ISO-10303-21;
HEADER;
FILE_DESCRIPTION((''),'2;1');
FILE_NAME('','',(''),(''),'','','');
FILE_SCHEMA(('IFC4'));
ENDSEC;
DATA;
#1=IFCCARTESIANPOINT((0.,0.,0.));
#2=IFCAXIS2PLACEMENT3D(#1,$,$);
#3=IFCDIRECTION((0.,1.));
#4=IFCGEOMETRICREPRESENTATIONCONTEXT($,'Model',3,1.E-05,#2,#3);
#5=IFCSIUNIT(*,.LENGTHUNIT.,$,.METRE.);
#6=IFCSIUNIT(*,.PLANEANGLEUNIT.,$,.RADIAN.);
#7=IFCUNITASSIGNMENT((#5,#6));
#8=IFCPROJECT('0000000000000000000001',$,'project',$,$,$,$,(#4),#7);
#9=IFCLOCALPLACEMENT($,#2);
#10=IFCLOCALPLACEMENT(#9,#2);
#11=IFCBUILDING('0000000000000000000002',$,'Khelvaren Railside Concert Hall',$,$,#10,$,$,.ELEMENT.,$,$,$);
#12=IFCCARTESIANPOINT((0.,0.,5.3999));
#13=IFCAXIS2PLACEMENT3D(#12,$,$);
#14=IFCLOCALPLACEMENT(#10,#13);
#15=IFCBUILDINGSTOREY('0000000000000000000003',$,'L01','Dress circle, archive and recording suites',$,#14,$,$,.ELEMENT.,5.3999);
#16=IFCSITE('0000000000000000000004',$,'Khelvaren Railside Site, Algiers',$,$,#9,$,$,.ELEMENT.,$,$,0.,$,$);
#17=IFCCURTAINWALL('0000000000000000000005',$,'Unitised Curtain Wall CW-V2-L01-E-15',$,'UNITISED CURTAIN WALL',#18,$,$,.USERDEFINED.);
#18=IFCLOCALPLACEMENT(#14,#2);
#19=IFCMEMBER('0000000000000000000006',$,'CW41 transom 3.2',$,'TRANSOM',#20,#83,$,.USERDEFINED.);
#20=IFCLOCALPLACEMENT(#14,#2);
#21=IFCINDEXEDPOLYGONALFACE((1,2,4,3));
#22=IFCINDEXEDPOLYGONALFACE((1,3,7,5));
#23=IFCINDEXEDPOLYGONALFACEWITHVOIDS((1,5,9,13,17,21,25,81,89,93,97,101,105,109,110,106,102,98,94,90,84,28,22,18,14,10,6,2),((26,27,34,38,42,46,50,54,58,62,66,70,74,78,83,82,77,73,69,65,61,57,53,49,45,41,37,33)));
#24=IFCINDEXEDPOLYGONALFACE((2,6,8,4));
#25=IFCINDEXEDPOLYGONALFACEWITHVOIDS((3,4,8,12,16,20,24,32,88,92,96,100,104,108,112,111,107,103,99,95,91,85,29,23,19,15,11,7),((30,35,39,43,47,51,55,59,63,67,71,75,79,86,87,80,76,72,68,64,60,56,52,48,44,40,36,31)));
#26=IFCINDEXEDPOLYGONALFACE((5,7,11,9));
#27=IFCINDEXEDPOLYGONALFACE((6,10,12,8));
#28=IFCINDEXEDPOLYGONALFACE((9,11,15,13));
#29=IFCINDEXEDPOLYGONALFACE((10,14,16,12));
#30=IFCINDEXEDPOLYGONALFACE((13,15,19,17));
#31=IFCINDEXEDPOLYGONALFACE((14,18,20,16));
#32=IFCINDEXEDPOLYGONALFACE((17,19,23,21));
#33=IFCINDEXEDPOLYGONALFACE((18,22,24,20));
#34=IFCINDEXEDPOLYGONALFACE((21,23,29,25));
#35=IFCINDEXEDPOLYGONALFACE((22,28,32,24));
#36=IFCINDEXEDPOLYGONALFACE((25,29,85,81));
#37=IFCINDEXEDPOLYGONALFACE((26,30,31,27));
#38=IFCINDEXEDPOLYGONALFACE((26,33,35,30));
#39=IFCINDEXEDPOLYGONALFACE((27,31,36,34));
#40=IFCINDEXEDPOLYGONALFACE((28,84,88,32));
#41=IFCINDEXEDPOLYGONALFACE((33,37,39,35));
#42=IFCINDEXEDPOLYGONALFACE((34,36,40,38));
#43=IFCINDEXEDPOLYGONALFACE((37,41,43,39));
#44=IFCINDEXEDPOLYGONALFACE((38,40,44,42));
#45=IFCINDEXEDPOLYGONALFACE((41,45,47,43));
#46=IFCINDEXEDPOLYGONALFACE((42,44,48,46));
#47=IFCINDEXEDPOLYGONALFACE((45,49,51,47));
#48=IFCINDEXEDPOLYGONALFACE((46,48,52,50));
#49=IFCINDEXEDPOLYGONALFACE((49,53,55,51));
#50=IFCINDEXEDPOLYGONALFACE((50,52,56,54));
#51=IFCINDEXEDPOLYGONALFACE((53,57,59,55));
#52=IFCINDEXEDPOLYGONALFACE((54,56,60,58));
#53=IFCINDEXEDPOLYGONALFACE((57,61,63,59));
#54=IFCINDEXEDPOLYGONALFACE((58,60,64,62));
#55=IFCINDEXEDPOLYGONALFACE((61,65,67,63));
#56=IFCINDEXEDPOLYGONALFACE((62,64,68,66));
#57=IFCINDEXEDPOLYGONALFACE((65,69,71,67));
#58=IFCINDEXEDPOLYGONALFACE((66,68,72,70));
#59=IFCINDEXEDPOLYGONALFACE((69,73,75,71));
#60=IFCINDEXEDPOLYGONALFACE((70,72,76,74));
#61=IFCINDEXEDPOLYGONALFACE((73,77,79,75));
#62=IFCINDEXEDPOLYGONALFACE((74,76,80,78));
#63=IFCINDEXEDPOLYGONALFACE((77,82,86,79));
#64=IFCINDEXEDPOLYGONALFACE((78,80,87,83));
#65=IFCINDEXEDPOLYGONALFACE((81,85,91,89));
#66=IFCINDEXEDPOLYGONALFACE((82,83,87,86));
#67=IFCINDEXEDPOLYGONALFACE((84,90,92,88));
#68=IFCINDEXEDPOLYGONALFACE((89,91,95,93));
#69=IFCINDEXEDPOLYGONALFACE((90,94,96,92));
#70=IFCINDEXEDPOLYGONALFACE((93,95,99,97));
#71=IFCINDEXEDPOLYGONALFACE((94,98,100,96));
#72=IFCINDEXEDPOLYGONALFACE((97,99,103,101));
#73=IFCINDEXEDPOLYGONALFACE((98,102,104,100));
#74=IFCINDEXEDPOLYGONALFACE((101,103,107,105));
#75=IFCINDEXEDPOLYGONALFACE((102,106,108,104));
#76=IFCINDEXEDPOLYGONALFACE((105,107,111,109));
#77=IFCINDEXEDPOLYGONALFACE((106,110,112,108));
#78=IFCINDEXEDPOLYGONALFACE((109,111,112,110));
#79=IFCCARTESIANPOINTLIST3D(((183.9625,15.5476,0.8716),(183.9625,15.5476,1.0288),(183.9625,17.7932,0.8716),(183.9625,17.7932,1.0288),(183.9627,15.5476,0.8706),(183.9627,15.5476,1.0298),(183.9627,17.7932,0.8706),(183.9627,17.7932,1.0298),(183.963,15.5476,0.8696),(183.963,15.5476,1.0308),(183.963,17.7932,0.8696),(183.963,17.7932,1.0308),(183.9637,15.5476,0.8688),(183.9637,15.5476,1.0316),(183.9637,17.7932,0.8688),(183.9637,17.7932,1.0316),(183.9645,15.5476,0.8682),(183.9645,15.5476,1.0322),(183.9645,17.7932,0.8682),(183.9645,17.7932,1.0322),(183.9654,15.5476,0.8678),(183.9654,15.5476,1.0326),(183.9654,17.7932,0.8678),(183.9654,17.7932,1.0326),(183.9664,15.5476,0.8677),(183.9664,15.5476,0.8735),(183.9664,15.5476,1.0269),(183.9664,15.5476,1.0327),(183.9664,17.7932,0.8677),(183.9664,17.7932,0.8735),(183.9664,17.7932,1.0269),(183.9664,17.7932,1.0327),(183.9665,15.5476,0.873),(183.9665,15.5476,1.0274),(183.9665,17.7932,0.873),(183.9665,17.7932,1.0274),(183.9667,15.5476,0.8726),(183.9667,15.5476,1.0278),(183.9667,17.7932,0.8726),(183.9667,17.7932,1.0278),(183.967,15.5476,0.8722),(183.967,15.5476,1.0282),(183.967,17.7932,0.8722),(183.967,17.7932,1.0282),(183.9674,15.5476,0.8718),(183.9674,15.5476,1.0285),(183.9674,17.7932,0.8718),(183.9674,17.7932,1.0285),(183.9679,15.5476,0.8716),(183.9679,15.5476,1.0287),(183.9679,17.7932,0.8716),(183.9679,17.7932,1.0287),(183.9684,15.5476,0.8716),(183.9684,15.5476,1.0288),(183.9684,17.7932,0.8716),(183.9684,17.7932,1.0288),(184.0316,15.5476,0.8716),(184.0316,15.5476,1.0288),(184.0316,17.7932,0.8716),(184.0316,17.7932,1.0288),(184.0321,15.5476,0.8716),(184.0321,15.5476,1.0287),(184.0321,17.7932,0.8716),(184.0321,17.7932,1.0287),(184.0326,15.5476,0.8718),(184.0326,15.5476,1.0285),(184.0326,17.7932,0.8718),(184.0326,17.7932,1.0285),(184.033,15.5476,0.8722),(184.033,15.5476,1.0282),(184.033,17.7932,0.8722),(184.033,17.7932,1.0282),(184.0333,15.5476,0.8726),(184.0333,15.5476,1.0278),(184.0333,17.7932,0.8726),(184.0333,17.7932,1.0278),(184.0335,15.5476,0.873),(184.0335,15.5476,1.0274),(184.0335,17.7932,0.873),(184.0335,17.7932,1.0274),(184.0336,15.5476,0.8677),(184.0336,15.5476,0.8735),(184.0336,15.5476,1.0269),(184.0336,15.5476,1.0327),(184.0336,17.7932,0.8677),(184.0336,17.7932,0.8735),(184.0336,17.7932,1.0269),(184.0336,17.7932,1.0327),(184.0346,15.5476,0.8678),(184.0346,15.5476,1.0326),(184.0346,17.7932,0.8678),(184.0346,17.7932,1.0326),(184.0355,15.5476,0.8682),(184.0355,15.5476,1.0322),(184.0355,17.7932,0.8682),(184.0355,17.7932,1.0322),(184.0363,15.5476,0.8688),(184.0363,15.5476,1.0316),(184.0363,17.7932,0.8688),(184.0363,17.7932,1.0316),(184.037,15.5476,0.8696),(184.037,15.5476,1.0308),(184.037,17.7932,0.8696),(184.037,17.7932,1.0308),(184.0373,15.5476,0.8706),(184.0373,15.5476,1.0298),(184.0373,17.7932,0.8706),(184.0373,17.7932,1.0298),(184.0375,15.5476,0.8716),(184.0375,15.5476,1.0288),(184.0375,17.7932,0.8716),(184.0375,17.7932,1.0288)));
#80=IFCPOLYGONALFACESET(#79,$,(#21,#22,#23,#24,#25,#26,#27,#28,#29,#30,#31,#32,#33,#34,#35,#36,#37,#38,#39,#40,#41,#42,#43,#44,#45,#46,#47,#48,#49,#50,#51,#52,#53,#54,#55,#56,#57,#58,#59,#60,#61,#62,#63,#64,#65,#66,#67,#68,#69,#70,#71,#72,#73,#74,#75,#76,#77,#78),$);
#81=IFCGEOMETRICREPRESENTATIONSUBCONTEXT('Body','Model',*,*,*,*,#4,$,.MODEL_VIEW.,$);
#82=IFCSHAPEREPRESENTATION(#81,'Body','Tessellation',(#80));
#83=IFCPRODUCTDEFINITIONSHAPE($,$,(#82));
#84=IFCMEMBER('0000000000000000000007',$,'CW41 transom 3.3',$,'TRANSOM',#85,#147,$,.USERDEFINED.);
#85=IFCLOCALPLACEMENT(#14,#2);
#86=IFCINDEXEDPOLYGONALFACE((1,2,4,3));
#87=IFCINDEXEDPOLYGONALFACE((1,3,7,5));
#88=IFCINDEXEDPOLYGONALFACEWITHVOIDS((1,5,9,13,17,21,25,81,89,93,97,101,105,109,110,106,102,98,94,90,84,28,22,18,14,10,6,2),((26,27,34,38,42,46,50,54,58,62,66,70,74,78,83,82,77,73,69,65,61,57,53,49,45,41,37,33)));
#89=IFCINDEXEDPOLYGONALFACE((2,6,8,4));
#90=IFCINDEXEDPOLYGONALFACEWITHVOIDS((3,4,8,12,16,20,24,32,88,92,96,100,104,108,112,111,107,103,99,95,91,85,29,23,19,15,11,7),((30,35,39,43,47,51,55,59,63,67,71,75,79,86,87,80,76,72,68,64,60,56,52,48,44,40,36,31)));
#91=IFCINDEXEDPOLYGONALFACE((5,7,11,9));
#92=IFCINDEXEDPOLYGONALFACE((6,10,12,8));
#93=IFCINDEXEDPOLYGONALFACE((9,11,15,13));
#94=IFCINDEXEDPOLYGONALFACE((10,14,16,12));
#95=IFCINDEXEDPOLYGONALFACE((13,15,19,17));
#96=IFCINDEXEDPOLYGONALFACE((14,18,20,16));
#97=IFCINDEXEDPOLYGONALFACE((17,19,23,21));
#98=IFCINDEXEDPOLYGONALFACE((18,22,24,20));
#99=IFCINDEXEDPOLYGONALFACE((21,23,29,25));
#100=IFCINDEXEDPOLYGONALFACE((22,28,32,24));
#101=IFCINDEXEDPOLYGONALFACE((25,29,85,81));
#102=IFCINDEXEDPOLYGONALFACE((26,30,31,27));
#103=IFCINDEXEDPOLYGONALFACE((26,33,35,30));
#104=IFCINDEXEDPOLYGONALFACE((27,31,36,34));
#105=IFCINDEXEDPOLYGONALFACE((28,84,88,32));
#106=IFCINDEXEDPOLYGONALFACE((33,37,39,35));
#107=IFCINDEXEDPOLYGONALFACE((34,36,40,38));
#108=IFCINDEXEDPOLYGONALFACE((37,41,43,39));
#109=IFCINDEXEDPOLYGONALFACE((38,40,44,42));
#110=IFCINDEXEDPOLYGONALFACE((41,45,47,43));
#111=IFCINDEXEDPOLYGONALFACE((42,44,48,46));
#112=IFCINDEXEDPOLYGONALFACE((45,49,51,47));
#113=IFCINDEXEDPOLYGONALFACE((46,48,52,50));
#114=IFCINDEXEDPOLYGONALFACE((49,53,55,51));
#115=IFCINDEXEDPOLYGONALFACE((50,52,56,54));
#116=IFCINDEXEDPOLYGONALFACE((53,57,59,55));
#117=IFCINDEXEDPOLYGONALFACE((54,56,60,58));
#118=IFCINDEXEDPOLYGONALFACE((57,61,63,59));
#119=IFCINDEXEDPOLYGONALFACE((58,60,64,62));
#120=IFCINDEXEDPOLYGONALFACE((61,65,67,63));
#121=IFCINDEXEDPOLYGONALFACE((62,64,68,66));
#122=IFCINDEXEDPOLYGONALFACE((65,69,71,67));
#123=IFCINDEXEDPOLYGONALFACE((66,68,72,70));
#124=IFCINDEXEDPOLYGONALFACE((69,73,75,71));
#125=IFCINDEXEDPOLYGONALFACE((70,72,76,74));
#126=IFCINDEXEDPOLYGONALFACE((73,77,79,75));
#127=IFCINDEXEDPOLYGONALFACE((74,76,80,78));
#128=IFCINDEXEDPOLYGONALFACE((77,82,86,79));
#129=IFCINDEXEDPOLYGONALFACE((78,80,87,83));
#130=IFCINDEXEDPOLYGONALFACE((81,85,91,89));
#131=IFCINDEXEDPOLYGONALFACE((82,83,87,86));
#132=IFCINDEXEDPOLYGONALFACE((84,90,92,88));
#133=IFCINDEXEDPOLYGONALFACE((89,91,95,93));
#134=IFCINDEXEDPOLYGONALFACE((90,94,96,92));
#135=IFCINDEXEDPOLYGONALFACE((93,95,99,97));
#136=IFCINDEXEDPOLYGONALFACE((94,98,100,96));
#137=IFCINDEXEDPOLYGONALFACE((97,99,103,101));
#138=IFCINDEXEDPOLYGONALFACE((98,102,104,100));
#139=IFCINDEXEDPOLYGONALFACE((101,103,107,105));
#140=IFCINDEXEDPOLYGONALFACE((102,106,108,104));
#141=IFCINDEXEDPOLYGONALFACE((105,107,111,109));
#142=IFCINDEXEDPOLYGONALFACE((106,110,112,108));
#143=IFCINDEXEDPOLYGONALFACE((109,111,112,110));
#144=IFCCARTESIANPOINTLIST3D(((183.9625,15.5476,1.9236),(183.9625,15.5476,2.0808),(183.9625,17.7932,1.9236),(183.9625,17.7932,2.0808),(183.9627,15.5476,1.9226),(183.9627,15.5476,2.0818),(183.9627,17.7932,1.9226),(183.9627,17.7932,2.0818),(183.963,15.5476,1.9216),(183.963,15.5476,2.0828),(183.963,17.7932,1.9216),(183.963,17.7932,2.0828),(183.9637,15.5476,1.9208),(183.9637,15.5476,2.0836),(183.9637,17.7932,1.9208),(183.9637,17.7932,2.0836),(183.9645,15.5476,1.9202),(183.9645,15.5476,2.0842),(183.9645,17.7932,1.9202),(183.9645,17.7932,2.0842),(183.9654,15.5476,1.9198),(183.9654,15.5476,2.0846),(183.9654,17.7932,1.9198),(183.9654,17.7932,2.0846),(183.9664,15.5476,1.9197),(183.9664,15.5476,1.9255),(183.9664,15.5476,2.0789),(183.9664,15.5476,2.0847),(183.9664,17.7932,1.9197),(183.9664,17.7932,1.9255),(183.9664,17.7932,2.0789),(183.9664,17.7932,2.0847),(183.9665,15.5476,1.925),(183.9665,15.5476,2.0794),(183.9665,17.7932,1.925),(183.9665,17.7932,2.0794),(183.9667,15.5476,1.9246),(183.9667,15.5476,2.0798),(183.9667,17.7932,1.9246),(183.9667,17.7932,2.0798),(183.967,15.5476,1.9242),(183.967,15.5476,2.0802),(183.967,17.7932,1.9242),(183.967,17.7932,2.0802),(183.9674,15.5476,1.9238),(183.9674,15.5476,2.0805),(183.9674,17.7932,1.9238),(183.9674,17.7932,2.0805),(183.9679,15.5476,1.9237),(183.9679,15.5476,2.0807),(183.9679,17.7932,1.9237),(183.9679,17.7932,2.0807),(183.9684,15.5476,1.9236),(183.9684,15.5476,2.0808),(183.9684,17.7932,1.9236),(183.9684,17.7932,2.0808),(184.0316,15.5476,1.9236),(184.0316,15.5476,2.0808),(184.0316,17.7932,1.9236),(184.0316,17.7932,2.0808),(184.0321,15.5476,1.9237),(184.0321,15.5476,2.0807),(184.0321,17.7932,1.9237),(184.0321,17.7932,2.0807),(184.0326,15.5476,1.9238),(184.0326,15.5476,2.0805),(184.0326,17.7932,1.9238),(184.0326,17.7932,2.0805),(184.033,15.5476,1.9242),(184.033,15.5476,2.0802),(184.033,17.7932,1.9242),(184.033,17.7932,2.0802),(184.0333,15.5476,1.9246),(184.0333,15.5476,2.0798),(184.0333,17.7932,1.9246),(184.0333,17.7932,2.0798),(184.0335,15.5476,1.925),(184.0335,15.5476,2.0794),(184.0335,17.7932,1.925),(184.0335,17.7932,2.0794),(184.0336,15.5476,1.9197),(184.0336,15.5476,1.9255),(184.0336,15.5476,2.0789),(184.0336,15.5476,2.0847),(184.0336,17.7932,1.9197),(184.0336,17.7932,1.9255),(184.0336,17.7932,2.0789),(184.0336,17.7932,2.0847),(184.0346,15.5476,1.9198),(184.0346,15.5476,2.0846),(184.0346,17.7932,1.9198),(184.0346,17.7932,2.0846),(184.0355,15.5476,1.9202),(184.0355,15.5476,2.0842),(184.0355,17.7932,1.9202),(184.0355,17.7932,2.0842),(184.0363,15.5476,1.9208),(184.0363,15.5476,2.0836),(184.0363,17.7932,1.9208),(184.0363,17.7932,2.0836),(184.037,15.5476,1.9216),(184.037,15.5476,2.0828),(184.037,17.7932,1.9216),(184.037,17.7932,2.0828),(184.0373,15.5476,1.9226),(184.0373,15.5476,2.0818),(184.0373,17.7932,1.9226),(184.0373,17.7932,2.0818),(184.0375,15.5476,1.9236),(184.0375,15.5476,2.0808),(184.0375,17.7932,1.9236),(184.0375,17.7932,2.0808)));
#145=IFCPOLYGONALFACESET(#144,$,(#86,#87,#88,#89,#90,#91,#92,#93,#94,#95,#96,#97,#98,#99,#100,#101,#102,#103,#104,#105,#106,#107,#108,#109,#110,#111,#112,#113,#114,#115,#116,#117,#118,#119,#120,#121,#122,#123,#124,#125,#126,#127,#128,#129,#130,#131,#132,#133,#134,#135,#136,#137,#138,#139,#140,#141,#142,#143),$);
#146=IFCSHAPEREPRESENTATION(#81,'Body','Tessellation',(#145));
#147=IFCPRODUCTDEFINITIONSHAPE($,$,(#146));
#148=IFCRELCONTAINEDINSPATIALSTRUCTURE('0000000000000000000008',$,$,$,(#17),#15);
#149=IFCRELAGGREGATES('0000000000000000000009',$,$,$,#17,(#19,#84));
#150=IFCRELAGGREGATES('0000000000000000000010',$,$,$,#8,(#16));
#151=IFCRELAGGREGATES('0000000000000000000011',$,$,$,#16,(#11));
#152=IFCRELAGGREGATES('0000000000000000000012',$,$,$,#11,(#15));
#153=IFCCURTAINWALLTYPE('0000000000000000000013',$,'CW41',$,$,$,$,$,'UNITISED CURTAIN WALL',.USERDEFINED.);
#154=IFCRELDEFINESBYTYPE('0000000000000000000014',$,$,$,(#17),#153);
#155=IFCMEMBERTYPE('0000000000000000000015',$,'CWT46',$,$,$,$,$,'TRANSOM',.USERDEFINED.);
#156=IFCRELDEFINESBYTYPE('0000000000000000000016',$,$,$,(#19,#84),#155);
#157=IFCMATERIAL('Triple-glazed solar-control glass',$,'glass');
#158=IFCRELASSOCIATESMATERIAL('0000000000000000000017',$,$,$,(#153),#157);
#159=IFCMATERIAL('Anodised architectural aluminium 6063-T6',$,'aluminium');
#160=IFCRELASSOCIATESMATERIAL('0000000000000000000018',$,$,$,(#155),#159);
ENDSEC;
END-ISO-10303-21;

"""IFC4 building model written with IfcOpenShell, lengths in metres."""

from ifc_helpers import new_model, si_unit, direction, frame, origin, origin_2d, place, context, subcontext, project, spatial, hollow_rectangle, extrude, material, material_profile, profile_set, type_object, element, aggregate, save


model = new_model("IFC4")

# Units and contexts
model_context = context("Model", 3, precision=1e-05, world=origin(), true_north=direction((0.0, 1.0)))
body_context = subcontext(model_context, "Body", "Model", "MODEL_VIEW")
ifc_project = project(units=[si_unit("LENGTHUNIT", "METRE"), si_unit("PLANEANGLEUNIT", "RADIAN")], contexts=[model_context])

# Site, building, storey
site_placement = place(None, origin())
site = spatial("IfcSite", under=ifc_project, at=site_placement, Name="Khelvaren Railside Site, Algiers", CompositionType="ELEMENT", RefElevation=0.0)
building_placement = place(site_placement, origin())
building = spatial("IfcBuilding", under=site, at=building_placement, Name="Khelvaren Railside Concert Hall", CompositionType="ELEMENT")
storey_placement = place(building_placement, frame((0.0, 0.0, 5.3999)))
storey = spatial("IfcBuildingStorey", under=building, at=storey_placement, Name="L01", Description="Dress circle, archive and recording suites", CompositionType="ELEMENT", Elevation=5.3999)

# Curtain wall
ifc_material_1 = material(Name="Triple-glazed solar-control glass", Category="glass")
curtain_wall_type_1 = type_object("IfcCurtainWallType", Name="CW41", ElementType="UNITISED CURTAIN WALL", PredefinedType="USERDEFINED", material=ifc_material_1)
curtain_wall_1_placement = place(storey_placement, origin())
curtain_wall_1 = element("IfcCurtainWall", 1, at=curtain_wall_1_placement, inside=storey, type_object=curtain_wall_type_1, Name="Unitised Curtain Wall CW-V2-L01-E-15", ObjectType="UNITISED CURTAIN WALL", PredefinedType="USERDEFINED")
ifc_material_2 = material(Name="Anodised architectural aluminium 6063-T6", Category="aluminium")

# Members
ifc_material_profile_1 = material_profile(ifc_material_2, hollow_rectangle(XDim=0.075, YDim=0.165, WallThickness=0.0039, InnerFilletRadius=0.002, OuterFilletRadius=0.0039, at=origin_2d()), Name="CWT 75x165x4")
ifc_profile_set_1 = profile_set([ifc_material_profile_1], Name="Anodised architectural aluminium 6063-T6")
member_type_1 = type_object("IfcMemberType", Name="CWT46", ElementType="TRANSOM", PredefinedType="USERDEFINED", material=ifc_profile_set_1)
member_1_placement = place(storey_placement, frame((184.0, 17.7932, 0.9502), z_axis=(0.0, -1.0, 0.0), x_axis=(1.0, 0.0, 0.0)))
member_1 = element("IfcMember", 2, at=member_1_placement, type_object=member_type_1, Name="CW41 transom 3.2", ObjectType="TRANSOM", PredefinedType="USERDEFINED", context=body_context, shape_type="SweptSolid", body=[
    extrude(hollow_rectangle(XDim=0.075, YDim=0.165, WallThickness=0.0039, InnerFilletRadius=0.002, OuterFilletRadius=0.0039, at=origin_2d()), origin(), (0.0, 0.0, 1.0), 2.2456),
])
member_2_placement = place(storey_placement, frame((184.0, 17.7932, 2.0022), z_axis=(0.0, -1.0, 0.0), x_axis=(1.0, 0.0, 0.0)))
member_2 = element("IfcMember", 3, at=member_2_placement, type_object=member_type_1, Name="CW41 transom 3.3", ObjectType="TRANSOM", PredefinedType="USERDEFINED", context=body_context, shape_type="SweptSolid", body=[
    extrude(hollow_rectangle(XDim=0.075, YDim=0.165, WallThickness=0.0039, InnerFilletRadius=0.002, OuterFilletRadius=0.0039, at=origin_2d()), origin(), (0.0, 0.0, 1.0), 2.2456),
])

aggregate(curtain_wall_1, [member_1, member_2])

save(model, "model.ifc")
